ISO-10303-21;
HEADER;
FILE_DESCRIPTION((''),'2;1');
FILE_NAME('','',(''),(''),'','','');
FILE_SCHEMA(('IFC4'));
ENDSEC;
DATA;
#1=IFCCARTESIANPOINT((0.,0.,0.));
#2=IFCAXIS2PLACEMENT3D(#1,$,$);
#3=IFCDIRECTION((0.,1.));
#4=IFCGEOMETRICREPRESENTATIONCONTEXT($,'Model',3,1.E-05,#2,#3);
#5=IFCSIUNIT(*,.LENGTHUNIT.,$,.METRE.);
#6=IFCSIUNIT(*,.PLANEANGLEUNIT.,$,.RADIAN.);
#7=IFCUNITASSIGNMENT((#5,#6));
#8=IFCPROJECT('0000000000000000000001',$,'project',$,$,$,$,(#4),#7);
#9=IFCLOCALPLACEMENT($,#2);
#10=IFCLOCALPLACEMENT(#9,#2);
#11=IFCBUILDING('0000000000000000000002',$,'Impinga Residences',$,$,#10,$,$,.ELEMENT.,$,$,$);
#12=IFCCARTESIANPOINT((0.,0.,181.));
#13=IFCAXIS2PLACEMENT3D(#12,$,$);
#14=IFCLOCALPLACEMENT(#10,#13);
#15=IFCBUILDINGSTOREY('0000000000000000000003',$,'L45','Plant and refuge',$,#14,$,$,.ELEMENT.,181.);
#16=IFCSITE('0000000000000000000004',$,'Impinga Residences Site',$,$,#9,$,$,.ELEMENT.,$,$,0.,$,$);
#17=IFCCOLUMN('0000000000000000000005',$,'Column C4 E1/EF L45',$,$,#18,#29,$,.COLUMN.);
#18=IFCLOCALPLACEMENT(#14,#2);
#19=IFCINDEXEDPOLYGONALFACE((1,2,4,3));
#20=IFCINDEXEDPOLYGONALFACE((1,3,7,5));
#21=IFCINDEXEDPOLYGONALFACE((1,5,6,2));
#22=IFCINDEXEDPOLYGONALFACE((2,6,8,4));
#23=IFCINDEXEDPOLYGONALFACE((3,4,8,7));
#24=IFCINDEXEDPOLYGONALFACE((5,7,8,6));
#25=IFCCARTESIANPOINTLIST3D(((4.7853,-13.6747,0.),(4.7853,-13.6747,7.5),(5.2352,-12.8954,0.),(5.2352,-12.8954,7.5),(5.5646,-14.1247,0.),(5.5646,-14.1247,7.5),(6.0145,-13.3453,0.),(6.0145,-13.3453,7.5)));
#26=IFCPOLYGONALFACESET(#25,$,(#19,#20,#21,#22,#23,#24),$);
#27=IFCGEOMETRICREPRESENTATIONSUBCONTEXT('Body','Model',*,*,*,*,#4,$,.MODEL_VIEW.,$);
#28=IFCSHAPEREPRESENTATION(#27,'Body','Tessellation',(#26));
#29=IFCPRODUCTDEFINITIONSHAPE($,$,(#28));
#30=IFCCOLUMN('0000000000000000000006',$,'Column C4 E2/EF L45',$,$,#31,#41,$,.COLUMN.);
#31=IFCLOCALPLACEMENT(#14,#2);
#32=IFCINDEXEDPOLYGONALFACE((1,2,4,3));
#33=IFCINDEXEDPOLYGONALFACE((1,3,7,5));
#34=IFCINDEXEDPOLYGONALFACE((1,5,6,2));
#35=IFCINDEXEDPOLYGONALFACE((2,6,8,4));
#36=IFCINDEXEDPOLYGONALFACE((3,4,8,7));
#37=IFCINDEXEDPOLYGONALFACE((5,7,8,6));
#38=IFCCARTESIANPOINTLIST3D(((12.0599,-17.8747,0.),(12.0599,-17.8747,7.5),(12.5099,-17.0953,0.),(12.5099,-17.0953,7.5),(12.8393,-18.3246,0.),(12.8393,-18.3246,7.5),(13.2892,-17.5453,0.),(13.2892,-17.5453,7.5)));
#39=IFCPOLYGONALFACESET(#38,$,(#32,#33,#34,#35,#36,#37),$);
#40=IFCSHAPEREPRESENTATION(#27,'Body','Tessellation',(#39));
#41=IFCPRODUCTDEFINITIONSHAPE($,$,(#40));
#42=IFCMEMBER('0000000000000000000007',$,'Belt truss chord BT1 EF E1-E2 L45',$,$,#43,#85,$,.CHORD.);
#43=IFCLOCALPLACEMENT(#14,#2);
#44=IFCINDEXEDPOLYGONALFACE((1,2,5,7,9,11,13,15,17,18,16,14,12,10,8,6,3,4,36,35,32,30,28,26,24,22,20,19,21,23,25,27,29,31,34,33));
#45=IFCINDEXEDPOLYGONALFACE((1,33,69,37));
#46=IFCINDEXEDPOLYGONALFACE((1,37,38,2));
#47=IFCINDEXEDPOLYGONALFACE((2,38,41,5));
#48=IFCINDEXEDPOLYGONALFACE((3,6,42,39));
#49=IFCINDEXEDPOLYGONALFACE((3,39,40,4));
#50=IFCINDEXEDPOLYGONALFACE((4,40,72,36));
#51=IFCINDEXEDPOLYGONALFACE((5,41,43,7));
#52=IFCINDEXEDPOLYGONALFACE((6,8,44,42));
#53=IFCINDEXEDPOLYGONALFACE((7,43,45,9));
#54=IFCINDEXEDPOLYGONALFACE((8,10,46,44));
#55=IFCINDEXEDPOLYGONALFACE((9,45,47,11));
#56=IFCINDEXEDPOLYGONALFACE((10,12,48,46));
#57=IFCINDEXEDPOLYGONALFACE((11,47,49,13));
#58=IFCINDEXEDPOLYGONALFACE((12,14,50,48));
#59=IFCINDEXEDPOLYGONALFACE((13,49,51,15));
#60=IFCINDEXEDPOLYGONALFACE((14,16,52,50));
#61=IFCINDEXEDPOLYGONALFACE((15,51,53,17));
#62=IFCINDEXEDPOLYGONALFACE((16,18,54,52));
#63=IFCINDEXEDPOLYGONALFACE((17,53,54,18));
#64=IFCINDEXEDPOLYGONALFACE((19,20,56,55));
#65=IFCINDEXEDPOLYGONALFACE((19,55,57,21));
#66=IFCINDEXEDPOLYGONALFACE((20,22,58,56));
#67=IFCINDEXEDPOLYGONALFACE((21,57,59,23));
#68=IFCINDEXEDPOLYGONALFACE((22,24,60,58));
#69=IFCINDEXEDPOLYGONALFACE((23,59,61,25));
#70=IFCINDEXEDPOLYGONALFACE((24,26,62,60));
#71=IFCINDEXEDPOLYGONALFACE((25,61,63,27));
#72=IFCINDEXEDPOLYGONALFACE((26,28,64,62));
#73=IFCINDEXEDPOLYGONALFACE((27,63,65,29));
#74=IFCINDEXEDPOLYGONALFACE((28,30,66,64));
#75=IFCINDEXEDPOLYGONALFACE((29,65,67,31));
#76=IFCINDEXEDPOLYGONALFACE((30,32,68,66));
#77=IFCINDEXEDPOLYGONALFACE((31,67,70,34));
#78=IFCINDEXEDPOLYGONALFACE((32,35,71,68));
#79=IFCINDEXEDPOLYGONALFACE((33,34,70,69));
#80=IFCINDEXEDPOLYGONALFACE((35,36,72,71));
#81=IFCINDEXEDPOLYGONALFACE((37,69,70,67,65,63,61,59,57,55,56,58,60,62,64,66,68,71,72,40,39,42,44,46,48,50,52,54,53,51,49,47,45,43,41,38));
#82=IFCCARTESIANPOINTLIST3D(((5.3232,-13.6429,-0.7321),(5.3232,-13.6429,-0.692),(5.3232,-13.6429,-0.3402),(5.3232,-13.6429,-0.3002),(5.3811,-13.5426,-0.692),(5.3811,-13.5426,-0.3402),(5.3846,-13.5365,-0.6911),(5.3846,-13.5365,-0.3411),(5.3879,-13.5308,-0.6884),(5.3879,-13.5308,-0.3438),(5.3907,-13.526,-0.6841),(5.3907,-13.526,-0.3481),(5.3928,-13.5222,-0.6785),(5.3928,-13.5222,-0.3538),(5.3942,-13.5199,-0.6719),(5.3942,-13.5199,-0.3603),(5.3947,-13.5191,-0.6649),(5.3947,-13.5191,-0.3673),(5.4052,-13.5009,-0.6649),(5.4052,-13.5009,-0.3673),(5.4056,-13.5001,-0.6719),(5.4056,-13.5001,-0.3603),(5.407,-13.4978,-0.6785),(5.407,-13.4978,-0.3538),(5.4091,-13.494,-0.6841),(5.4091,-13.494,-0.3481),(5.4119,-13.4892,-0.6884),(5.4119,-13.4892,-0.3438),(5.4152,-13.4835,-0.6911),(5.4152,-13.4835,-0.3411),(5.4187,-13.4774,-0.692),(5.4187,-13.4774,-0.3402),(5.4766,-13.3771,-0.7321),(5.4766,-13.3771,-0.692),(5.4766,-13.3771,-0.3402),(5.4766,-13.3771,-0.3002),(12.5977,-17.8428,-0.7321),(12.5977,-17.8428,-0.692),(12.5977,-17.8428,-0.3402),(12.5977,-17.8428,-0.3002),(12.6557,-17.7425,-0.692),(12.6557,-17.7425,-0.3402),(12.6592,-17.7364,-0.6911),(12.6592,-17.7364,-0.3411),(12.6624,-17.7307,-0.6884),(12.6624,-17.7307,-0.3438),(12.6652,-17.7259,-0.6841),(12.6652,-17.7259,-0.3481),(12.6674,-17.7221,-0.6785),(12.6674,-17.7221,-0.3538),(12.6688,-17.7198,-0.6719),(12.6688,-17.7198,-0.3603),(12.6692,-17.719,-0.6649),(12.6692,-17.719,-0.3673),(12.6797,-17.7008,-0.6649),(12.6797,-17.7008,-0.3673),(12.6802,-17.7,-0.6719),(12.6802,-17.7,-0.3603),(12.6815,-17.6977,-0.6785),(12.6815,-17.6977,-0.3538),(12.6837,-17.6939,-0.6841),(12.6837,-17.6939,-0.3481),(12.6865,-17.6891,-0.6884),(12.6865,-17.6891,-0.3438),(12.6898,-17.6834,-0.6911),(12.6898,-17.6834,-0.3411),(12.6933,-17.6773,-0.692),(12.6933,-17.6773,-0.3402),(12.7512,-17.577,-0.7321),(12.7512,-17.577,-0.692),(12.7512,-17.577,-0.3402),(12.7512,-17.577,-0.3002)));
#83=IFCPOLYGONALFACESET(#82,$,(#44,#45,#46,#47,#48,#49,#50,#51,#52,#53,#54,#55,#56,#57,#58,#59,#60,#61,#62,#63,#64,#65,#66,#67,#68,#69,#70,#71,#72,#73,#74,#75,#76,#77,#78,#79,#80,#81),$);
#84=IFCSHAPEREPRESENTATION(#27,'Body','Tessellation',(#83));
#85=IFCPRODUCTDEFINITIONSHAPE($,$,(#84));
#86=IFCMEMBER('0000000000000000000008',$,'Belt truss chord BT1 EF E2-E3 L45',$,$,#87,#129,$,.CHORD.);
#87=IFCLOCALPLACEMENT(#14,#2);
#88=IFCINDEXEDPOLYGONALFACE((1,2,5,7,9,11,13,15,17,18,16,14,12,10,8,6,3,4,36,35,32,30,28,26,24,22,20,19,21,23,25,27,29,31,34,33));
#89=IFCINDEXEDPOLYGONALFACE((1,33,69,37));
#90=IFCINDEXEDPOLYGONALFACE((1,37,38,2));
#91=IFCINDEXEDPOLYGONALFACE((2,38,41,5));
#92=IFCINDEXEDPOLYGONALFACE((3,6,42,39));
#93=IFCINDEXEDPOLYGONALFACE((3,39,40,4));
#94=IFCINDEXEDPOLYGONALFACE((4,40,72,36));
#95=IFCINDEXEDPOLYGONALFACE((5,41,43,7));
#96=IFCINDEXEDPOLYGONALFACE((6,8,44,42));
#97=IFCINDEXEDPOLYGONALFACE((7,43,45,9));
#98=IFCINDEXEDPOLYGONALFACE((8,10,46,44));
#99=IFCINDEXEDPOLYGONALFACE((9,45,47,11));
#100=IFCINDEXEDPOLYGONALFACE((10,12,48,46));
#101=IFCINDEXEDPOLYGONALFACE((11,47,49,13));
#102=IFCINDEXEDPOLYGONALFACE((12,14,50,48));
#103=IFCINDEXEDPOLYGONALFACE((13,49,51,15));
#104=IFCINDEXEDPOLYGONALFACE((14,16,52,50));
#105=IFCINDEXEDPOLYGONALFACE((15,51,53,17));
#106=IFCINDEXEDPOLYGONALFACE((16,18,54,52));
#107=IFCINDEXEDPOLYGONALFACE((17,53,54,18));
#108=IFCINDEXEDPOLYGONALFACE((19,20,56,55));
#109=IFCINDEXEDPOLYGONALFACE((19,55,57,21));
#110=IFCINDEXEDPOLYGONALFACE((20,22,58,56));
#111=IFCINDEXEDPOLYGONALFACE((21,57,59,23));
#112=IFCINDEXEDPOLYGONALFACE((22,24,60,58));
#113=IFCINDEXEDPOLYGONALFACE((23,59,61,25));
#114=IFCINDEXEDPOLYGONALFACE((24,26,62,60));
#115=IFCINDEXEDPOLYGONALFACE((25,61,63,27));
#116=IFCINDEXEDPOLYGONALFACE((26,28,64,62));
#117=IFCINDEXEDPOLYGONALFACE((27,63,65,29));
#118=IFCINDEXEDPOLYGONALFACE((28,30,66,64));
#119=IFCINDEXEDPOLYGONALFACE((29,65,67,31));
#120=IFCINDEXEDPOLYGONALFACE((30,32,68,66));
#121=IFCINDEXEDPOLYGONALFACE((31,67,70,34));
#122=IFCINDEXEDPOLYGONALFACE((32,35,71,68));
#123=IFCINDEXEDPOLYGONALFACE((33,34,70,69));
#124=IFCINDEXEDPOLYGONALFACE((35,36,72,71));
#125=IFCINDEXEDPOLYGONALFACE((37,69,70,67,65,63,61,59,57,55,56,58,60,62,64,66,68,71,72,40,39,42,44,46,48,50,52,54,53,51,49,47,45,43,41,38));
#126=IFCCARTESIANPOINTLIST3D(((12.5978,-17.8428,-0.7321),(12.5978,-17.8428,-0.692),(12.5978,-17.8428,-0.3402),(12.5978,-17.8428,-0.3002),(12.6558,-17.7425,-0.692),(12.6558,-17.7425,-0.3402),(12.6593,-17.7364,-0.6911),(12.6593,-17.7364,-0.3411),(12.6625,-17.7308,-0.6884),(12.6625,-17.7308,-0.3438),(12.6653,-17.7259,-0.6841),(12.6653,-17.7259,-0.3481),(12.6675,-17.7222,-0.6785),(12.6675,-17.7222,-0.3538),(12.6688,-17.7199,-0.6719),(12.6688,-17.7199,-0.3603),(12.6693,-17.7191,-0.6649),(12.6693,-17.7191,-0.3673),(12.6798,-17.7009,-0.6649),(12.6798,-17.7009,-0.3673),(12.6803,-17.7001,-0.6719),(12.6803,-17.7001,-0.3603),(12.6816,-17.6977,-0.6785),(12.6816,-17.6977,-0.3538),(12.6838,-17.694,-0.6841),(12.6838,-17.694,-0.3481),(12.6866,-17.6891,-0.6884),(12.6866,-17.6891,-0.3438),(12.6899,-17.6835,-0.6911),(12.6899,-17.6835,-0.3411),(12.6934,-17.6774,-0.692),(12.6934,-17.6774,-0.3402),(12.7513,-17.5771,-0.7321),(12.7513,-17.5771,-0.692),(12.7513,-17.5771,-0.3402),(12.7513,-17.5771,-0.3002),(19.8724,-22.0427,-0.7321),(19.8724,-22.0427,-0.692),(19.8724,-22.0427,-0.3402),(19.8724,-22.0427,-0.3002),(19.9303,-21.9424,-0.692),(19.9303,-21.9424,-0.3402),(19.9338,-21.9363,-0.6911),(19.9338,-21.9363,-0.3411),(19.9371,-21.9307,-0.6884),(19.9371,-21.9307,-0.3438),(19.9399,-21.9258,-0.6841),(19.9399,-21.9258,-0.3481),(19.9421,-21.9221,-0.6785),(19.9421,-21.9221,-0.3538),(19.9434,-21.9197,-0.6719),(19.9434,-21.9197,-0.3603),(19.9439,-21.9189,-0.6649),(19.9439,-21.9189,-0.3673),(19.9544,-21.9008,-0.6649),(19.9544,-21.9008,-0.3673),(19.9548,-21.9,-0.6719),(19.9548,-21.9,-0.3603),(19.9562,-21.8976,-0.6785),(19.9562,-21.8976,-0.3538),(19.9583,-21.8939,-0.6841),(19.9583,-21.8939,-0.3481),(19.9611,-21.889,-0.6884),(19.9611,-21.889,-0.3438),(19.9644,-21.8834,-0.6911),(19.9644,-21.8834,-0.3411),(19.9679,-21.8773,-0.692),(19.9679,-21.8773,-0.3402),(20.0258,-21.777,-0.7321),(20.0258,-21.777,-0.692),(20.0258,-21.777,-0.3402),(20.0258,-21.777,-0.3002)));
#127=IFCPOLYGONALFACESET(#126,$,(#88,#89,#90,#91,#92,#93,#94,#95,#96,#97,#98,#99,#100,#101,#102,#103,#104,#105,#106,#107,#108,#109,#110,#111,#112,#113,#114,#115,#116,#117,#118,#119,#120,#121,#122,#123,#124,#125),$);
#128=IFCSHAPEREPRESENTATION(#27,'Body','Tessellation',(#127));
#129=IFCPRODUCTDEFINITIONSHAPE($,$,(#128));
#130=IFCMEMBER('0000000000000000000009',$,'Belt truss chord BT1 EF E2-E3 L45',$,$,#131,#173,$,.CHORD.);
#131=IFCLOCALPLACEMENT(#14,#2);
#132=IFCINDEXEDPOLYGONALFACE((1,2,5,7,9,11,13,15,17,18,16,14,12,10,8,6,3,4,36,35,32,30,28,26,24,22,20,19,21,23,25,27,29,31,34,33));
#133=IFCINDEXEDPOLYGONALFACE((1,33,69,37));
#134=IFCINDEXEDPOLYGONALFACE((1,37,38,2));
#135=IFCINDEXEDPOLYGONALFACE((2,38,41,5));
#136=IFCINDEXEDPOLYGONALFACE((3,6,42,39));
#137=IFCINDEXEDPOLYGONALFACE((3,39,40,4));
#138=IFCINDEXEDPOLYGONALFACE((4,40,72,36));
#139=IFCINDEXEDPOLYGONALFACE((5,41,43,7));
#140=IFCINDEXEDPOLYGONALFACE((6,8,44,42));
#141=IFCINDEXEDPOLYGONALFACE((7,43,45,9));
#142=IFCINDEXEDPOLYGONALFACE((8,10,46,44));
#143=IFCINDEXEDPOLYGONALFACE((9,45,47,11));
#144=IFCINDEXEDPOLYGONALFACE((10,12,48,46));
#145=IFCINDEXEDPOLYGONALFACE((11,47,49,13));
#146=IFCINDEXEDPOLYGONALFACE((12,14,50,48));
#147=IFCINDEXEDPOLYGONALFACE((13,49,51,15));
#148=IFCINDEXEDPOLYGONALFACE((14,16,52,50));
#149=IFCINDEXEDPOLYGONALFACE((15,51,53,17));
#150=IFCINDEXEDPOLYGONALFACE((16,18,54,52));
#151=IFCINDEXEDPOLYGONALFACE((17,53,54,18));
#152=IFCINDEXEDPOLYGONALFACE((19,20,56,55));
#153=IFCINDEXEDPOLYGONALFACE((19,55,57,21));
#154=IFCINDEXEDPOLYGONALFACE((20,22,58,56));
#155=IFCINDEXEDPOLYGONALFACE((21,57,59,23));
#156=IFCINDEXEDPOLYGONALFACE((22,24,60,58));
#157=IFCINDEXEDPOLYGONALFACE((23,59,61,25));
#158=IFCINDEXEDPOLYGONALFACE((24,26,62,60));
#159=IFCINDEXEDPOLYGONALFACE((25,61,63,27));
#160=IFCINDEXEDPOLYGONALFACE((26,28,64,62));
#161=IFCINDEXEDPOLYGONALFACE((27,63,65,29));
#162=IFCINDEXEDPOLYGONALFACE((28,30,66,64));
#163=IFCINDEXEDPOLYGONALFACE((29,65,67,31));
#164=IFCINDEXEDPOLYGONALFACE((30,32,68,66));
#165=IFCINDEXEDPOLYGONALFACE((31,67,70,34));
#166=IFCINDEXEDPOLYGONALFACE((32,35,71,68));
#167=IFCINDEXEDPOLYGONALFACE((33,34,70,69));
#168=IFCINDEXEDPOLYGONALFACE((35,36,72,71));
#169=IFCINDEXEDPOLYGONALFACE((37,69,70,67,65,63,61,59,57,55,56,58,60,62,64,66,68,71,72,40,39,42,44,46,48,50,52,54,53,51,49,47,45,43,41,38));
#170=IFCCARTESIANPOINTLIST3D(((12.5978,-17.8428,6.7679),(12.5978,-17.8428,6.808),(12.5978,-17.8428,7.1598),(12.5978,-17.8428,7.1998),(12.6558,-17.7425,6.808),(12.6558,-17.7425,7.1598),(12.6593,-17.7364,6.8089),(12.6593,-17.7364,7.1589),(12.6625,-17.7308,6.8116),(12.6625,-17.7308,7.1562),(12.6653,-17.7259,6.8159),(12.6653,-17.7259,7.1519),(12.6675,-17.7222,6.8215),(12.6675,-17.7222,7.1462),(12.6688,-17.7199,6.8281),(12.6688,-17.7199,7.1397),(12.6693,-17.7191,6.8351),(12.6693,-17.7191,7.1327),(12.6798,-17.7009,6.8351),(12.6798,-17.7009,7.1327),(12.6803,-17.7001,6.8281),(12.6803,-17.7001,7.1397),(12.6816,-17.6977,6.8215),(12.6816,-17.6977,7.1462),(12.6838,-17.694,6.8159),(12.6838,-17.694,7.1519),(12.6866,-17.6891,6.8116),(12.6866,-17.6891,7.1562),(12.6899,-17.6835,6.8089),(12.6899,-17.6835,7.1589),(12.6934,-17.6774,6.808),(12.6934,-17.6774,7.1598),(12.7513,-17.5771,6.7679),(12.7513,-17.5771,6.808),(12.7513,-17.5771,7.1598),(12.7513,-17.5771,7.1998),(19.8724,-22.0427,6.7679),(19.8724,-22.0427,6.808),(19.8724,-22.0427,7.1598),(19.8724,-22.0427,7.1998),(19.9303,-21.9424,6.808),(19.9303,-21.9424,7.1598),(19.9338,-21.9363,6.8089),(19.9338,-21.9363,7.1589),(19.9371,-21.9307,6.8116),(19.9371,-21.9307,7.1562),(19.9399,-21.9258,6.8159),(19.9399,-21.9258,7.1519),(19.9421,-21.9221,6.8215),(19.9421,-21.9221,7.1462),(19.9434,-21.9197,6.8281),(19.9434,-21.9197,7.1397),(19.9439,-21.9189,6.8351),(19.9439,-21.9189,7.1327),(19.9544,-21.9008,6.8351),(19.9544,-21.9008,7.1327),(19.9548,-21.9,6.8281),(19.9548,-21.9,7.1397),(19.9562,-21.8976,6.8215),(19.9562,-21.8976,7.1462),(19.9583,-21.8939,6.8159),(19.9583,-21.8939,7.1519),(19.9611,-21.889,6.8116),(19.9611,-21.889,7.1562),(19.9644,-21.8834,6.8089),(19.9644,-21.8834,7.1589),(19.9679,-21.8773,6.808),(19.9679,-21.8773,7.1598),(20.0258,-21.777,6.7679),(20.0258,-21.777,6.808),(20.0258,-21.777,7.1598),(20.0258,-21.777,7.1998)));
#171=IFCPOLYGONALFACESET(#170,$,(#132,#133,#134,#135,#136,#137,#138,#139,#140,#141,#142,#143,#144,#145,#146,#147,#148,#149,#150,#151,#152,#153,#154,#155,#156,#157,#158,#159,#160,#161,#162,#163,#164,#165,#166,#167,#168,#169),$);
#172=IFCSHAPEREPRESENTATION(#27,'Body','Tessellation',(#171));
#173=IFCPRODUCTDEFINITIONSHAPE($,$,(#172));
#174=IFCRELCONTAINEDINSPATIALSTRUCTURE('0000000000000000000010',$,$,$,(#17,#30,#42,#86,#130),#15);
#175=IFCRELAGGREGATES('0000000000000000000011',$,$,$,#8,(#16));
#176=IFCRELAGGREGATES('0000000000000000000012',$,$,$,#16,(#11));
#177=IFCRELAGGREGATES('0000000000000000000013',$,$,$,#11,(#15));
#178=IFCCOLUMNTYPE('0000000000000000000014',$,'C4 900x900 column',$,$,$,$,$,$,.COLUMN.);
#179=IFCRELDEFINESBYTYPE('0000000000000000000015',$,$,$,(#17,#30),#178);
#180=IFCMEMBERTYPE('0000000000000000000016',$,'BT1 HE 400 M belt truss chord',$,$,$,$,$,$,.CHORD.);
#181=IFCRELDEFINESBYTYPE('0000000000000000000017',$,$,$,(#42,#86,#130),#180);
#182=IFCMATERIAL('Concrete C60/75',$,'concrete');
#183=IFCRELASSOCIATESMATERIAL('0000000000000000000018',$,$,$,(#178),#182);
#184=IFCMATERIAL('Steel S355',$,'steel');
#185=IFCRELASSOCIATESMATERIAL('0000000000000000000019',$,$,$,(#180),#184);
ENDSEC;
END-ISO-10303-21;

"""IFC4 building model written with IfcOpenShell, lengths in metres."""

from ifc_helpers import new_model, si_unit, direction, frame, origin, origin_2d, place, context, subcontext, project, spatial, rectangle, i_section, extrude, material, material_profile, profile_set, type_object, element, save


model = new_model("IFC4")

# Units and contexts
model_context = context("Model", 3, precision=1e-05, world=origin(), true_north=direction((0.0, 1.0)))
body_context = subcontext(model_context, "Body", "Model", "MODEL_VIEW")
ifc_project = project(units=[si_unit("LENGTHUNIT", "METRE"), si_unit("PLANEANGLEUNIT", "RADIAN")], contexts=[model_context])

# Site, building, storey
site_placement = place(None, origin())
site = spatial("IfcSite", under=ifc_project, at=site_placement, Name="Impinga Residences Site", CompositionType="ELEMENT", RefElevation=0.0)
building_placement = place(site_placement, origin())
building = spatial("IfcBuilding", under=site, at=building_placement, Name="Impinga Residences", CompositionType="ELEMENT")
storey_placement = place(building_placement, frame((0.0, 0.0, 181.0)))
storey = spatial("IfcBuildingStorey", under=building, at=storey_placement, Name="L45", Description="Plant and refuge", CompositionType="ELEMENT", Elevation=181.0)

# Columns
ifc_material_1 = material(Name="Concrete C60/75", Category="concrete")
ifc_material_profile_1 = material_profile(ifc_material_1, rectangle(XDim=0.8999, YDim=0.8999, at=origin_2d()), Name="RC 900x900")
ifc_profile_set_1 = profile_set([ifc_material_profile_1], Name="Concrete C60/75")
column_type = type_object("IfcColumnType", Name="C4 900x900 column", PredefinedType="COLUMN", material=ifc_profile_set_1)
for number, where, z_axis, x_axis, name in (
    (1, (5.3999, -13.51, 0.0), (0.0, 0.0, 1.0), (-0.5, -0.866025, 0.0), "Column C4 E1/EF L45"),
    (2, (12.6746, -17.71, 0.0), (0.0, 0.0, 1.0), (-0.5, -0.866025, 0.0), "Column C4 E2/EF L45"),
):
    element("IfcColumn", number, at=place(storey_placement, frame(where, z_axis=z_axis, x_axis=x_axis)), inside=storey, type_object=column_type, Name=name, PredefinedType="COLUMN", context=body_context, shape_type="SweptSolid", body=[
        extrude(rectangle(XDim=0.8999, YDim=0.8999, at=origin_2d()), origin(), (0.0, 0.0, 1.0), 7.5),
    ])

# Members
ifc_material_2 = material(Name="Steel S355", Category="steel")
ifc_material_profile_2 = material_profile(ifc_material_2, i_section(OverallWidth=0.3069, OverallDepth=0.4319, WebThickness=0.021, FlangeThickness=0.04, FilletRadius=0.0271, at=origin_2d()), Name="HE 400 M")
ifc_profile_set_2 = profile_set([ifc_material_profile_2], Name="Steel S355")
member_type_1 = type_object("IfcMemberType", Name="BT1 HE 400 M belt truss chord", PredefinedType="CHORD", material=ifc_profile_set_2)
for number, where, z_axis, x_axis, name in (
    (3, (5.3999, -13.51, -0.5161), (0.866029, -0.499993, 0.0), (0.499993, 0.866029, 0.0), "Belt truss chord BT1 EF E1-E2 L45"),
    (4, (12.6746, -17.71, -0.5161), (0.866029, -0.499993, 0.0), (0.499993, 0.866029, 0.0), "Belt truss chord BT1 EF E2-E3 L45"),
    (5, (12.6746, -17.71, 6.9839), (0.866029, -0.499993, 0.0), (0.499993, 0.866029, 0.0), "Belt truss chord BT1 EF E2-E3 L45"),
):
    element("IfcMember", number, at=place(storey_placement, frame(where, z_axis=z_axis, x_axis=x_axis)), inside=storey, type_object=member_type_1, Name=name, PredefinedType="CHORD", context=body_context, shape_type="SweptSolid", body=[
        extrude(i_section(OverallWidth=0.3069, OverallDepth=0.4319, WebThickness=0.021, FlangeThickness=0.04, FilletRadius=0.0271, at=origin_2d()), origin(), (0.0, 0.0, 1.0), 8.3999),
    ])

save(model, "model.ifc")
